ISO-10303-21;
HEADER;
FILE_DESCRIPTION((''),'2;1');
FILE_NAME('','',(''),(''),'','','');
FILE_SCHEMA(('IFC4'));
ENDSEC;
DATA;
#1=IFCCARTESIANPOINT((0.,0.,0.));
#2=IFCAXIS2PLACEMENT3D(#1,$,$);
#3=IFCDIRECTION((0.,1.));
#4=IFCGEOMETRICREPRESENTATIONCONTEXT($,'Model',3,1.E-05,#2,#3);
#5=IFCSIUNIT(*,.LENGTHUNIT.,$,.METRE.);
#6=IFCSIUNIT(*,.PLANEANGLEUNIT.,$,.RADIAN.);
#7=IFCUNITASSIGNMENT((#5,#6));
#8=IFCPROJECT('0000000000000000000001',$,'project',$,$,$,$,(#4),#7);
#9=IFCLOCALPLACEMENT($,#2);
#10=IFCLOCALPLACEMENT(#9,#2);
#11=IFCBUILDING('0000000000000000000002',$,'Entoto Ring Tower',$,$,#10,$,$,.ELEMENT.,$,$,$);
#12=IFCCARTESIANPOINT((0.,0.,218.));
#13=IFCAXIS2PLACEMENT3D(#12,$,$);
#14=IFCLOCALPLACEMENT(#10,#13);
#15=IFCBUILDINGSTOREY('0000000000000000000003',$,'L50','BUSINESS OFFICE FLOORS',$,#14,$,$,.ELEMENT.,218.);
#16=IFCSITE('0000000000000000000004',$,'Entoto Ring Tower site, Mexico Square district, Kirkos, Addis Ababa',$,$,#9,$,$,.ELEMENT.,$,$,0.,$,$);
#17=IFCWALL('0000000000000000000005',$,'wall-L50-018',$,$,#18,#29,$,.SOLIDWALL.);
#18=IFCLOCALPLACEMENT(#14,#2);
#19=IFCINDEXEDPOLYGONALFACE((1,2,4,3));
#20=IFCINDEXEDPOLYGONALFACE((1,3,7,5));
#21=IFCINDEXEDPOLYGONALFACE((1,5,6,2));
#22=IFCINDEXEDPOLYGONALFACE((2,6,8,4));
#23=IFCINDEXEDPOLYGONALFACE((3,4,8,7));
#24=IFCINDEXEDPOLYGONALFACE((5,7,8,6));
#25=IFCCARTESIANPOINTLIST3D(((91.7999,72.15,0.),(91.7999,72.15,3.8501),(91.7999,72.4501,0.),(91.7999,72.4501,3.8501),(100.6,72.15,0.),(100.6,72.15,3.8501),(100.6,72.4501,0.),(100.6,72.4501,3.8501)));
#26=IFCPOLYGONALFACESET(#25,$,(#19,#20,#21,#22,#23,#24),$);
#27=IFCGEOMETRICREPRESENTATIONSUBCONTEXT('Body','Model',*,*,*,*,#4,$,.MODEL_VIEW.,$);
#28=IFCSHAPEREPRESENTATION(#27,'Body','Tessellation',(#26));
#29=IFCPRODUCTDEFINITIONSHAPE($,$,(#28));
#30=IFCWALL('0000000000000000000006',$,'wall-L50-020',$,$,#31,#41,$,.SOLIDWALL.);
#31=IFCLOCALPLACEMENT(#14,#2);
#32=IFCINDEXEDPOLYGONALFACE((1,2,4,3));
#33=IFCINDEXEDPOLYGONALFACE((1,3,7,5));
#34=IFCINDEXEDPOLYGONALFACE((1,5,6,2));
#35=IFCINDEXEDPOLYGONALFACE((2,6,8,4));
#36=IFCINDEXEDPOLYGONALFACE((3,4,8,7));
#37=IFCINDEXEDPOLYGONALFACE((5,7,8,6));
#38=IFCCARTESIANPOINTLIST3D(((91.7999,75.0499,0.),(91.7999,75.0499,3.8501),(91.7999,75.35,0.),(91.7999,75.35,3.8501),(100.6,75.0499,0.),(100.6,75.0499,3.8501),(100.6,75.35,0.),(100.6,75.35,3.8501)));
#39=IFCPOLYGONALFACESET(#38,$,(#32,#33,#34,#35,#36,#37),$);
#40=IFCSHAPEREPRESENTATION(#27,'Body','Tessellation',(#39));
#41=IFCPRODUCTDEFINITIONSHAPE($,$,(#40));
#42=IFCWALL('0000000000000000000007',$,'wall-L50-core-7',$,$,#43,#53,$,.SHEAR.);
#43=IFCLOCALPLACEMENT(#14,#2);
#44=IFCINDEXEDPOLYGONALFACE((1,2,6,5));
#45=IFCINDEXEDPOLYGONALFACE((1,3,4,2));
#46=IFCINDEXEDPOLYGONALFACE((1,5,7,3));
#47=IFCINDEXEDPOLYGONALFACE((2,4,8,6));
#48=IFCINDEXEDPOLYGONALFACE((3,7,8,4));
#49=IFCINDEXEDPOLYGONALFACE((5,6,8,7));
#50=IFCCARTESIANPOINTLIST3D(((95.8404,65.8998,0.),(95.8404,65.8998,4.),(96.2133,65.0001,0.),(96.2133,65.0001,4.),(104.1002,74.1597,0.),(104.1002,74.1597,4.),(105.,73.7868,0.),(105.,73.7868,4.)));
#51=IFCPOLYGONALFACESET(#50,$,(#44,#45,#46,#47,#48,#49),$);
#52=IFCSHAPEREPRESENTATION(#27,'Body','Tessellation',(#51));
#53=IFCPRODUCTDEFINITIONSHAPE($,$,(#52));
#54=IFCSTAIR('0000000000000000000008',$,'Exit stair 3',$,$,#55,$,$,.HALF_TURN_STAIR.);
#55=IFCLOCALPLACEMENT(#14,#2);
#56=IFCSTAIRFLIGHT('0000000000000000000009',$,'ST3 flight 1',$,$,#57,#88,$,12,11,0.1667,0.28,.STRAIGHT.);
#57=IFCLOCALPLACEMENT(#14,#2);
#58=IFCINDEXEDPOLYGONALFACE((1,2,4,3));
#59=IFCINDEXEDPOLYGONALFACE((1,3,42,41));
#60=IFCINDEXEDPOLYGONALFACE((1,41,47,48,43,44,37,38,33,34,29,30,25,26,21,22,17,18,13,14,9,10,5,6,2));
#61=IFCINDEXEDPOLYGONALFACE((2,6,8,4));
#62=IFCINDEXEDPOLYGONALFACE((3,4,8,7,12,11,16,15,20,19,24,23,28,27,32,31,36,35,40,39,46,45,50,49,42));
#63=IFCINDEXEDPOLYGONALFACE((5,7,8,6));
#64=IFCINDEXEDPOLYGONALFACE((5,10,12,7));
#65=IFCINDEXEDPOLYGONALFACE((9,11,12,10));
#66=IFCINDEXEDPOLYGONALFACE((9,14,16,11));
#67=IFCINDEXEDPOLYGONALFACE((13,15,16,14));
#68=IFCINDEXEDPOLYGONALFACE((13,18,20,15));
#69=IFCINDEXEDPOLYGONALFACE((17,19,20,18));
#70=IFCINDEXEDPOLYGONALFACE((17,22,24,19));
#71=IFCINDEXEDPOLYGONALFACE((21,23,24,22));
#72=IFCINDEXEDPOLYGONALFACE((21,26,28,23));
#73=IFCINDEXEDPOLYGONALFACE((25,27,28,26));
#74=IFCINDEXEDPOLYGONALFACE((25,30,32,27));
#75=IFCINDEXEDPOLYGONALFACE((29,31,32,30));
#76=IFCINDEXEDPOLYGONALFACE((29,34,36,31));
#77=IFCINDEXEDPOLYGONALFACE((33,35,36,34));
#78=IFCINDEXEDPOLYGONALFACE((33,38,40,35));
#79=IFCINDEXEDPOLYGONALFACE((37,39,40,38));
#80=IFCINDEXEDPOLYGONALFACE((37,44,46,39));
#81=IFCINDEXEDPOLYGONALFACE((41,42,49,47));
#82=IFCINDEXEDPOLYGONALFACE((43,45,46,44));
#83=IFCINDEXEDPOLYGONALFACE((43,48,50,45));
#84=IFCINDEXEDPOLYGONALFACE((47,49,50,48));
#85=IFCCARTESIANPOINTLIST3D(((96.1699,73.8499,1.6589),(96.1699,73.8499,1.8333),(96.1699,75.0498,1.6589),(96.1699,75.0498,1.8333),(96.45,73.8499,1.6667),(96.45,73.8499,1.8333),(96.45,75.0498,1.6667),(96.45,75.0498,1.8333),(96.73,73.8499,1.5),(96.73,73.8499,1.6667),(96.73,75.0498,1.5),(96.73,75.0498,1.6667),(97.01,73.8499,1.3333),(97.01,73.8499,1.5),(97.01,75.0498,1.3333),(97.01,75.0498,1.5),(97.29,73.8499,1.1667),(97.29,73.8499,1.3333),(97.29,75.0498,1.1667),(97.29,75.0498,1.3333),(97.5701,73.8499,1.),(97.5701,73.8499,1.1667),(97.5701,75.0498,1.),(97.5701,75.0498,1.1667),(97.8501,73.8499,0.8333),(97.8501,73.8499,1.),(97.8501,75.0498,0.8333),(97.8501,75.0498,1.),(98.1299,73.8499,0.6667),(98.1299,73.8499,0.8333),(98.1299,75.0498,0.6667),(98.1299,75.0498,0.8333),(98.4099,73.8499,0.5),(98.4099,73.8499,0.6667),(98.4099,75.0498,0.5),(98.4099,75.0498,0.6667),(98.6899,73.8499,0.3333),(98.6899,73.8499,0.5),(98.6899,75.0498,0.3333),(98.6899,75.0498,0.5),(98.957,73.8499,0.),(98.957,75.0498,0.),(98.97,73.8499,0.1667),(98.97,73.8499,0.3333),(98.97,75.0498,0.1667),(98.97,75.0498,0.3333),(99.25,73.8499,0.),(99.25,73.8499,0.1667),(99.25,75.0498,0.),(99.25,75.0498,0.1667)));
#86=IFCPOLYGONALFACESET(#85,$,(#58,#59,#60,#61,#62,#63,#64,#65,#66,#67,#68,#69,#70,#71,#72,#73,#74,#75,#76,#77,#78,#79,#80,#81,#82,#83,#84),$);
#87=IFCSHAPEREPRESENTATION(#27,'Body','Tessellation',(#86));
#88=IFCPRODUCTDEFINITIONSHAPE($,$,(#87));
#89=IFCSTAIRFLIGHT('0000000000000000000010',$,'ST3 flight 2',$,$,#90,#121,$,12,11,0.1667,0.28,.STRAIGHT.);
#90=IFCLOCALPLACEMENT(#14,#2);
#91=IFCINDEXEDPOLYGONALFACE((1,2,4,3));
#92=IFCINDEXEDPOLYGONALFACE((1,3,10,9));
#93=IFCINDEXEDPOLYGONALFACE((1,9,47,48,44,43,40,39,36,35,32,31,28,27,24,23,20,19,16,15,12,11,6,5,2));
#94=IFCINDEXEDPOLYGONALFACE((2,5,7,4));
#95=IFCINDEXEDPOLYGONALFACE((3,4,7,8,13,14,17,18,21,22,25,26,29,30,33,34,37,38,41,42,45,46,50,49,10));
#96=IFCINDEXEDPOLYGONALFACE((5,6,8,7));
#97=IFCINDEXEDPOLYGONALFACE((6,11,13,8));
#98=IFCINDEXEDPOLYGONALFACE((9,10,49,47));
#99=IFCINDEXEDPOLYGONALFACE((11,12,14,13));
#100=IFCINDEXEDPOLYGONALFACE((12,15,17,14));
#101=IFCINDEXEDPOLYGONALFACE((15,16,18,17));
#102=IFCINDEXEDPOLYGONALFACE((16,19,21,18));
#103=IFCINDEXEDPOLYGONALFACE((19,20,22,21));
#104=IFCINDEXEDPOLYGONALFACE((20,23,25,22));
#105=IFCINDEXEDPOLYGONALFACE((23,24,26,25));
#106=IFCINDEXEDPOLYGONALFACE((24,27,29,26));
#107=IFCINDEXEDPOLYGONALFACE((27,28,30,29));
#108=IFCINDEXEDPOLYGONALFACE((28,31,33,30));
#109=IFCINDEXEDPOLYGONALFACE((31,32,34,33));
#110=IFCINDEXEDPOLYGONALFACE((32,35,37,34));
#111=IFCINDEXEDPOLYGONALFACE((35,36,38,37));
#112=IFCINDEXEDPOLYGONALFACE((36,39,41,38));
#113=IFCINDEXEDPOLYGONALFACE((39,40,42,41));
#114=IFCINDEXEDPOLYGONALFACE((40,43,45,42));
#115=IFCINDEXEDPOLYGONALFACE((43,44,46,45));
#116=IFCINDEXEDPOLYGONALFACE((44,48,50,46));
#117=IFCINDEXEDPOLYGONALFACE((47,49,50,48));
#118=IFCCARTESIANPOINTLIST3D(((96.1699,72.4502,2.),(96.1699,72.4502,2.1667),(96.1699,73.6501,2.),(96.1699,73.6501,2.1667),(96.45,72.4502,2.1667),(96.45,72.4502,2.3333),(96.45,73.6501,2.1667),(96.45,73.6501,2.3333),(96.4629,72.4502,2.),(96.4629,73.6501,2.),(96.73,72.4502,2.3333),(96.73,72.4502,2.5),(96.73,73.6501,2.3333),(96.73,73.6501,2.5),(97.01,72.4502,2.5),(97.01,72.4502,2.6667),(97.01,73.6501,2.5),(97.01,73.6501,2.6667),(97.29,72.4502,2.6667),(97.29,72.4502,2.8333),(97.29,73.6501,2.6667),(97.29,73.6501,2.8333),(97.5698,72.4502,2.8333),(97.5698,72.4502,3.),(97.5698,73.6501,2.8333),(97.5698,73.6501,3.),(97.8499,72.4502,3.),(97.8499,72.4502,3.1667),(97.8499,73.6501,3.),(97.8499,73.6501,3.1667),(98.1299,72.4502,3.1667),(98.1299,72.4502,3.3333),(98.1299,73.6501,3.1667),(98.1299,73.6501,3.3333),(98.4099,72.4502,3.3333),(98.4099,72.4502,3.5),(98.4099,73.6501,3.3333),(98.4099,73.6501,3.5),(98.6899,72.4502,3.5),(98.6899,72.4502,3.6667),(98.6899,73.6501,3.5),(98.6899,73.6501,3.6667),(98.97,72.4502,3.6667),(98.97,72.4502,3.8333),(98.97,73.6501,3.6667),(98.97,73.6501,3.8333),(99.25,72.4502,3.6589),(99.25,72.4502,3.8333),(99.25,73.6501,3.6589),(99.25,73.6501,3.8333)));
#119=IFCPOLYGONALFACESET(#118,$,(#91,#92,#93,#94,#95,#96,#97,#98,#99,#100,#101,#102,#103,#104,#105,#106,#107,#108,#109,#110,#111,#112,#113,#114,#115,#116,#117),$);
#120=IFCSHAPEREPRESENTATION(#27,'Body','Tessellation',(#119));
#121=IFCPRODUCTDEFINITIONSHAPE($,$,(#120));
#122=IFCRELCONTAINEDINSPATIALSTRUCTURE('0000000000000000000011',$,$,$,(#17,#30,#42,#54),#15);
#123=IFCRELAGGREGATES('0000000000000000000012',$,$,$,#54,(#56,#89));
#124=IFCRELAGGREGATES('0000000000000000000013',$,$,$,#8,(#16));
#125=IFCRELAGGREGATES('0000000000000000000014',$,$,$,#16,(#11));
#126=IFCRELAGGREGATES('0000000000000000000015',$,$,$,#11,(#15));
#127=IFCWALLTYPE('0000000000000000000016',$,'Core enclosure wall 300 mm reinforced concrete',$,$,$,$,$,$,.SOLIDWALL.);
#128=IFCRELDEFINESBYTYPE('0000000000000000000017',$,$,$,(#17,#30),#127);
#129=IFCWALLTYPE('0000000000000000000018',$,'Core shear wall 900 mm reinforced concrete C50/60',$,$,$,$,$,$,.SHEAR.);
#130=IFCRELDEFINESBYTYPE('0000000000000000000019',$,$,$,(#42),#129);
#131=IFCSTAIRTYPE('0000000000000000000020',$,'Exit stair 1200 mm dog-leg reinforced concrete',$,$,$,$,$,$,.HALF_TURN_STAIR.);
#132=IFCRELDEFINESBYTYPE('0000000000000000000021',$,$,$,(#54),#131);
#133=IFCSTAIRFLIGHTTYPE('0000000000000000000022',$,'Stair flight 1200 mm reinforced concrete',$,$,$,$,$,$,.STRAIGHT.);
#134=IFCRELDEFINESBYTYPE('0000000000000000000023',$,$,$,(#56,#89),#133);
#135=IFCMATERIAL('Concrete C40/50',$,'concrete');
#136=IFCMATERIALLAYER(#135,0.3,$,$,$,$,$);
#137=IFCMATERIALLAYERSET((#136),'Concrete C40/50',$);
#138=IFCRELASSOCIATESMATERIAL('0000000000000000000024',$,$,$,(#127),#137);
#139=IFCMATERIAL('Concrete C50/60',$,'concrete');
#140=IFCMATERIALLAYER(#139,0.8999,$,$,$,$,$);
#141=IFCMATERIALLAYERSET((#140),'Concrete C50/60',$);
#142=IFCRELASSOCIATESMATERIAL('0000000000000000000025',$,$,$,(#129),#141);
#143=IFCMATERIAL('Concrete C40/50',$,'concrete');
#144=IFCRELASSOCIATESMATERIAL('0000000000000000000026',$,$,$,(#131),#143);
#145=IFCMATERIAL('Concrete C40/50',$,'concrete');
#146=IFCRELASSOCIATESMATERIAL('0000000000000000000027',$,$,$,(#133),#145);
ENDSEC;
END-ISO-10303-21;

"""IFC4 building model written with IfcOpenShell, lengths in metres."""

from ifc_helpers import new_model, si_unit, direction, frame, frame_2d, origin, place, context, subcontext, project, spatial, polyline, rectangle, outline, extrude, material, layer, layer_set, type_object, element, aggregate, save


model = new_model("IFC4")

# Units and contexts
model_context = context("Model", 3, precision=1e-05, world=origin(), true_north=direction((0.0, 1.0)))
body_context = subcontext(model_context, "Body", "Model", "MODEL_VIEW")
ifc_project = project(units=[si_unit("LENGTHUNIT", "METRE"), si_unit("PLANEANGLEUNIT", "RADIAN")], contexts=[model_context])

# Site, building, storey
site_placement = place(None, origin())
site = spatial("IfcSite", under=ifc_project, at=site_placement, Name="Entoto Ring Tower site, Mexico Square district, Kirkos, Addis Ababa", CompositionType="ELEMENT", RefElevation=0.0)
building_placement = place(site_placement, origin())
building = spatial("IfcBuilding", under=site, at=building_placement, Name="Entoto Ring Tower", CompositionType="ELEMENT")
storey_placement = place(building_placement, frame((0.0, 0.0, 218.0)))
storey = spatial("IfcBuildingStorey", under=building, at=storey_placement, Name="L50", Description="BUSINESS OFFICE FLOORS", CompositionType="ELEMENT", Elevation=218.0)

# Shared definitions
ifc_material_1 = material(Name="Concrete C40/50", Category="concrete")
ifc_layer_1 = layer(ifc_material_1, 0.3)
ifc_layer_set_1 = layer_set([ifc_layer_1], Name="Concrete C40/50")
wall_type_1 = type_object("IfcWallType", Name="Core enclosure wall 300 mm reinforced concrete", PredefinedType="SOLIDWALL", material=ifc_layer_set_1)

# Walls
for number, where, z_axis, x_axis, name in (
    (1, (91.8, 72.3, 0.0), (0.0, 0.0, 1.0), (1.0, 0.0, 0.0), "wall-L50-018"),
    (2, (91.8, 75.2, 0.0), (0.0, 0.0, 1.0), (1.0, 0.0, 0.0), "wall-L50-020"),
):
    element("IfcWall", number, at=place(storey_placement, frame(where, z_axis=z_axis, x_axis=x_axis)), inside=storey, type_object=wall_type_1, Name=name, PredefinedType="SOLIDWALL", context=body_context, shape_type="SweptSolid", body=[
        extrude(rectangle(XDim=8.8, YDim=0.3, at=frame_2d((4.3999, 0.0))), origin(), (0.0, 0.0, 1.0), 3.8501),
    ])
ifc_material_2 = material(Name="Concrete C50/60", Category="concrete")
ifc_layer_2 = layer(ifc_material_2, 0.8999)
ifc_layer_set_2 = layer_set([ifc_layer_2], Name="Concrete C50/60")
wall_type_2 = type_object("IfcWallType", Name="Core shear wall 900 mm reinforced concrete C50/60", PredefinedType="SHEAR", material=ifc_layer_set_2)
wall_1_placement = place(storey_placement, frame((96.0269, 65.45, 0.0), z_axis=(0.0, 0.0, 1.0), x_axis=(0.707107, 0.707107, 0.0)))
element("IfcWall", 3, at=wall_1_placement, inside=storey, type_object=wall_type_2, Name="wall-L50-core-7", PredefinedType="SHEAR", context=body_context, shape_type="SweptSolid", body=[
    extrude(outline(polyline([(-0.1863, -0.45), (12.24, -0.45), (11.8674, 0.45), (0.1863, 0.45), (-0.1863, -0.45)])), origin(), (0.0, 0.0, 1.0), 4.0),
])

# Stair, stair flights
ifc_material_3 = material(Name="Concrete C40/50", Category="concrete")
stair_type = type_object("IfcStairType", Name="Exit stair 1200 mm dog-leg reinforced concrete", PredefinedType="HALF_TURN_STAIR", material=ifc_material_3)
stair_placement = place(storey_placement, origin())
stair = element("IfcStair", 4, at=stair_placement, inside=storey, type_object=stair_type, Name="Exit stair 3", PredefinedType="HALF_TURN_STAIR")
ifc_material_4 = material(Name="Concrete C40/50", Category="concrete")
stair_flight_type = type_object("IfcStairFlightType", Name="Stair flight 1200 mm reinforced concrete", PredefinedType="STRAIGHT", material=ifc_material_4)
stair_flight_1_placement = place(storey_placement, frame((99.25, 74.45, 0.0), z_axis=(0.0, 0.0, 1.0), x_axis=(-1.0, 0.0, 0.0)))
stair_flight_1 = element("IfcStairFlight", 5, at=stair_flight_1_placement, type_object=stair_flight_type, Name="ST3 flight 1", NumberOfRisers=12, NumberOfTreads=11, PredefinedType="STRAIGHT", RiserHeight=0.1667, TreadLength=0.28, context=body_context, shape_type="SweptSolid", body=[
    extrude(outline(polyline([(0.0, 0.0), (0.0, 0.1667), (0.28, 0.1667), (0.28, 0.3333), (0.5601, 0.3333), (0.5601, 0.5), (0.8401, 0.5), (0.8401, 0.6667), (1.1201, 0.6667), (1.1201, 0.8333), (1.3999, 0.8333), (1.3999, 1.0), (1.6799, 1.0), (1.6799, 1.1667), (1.96, 1.1667), (1.96, 1.3333), (2.24, 1.3333), (2.24, 1.5), (2.52, 1.5), (2.52, 1.6667), (2.8, 1.6667), (2.8, 1.8333), (3.0801, 1.8333), (3.0801, 2.0), (3.0801, 1.6589), (0.293, 0.0), (0.0, 0.0)])), frame((0.0, 0.6001, 0.0), z_axis=(0.0, -1.0, 0.0), x_axis=(1.0, 0.0, 0.0)), (0.0, 0.0, 1.0), 1.2),
])
stair_flight_2_placement = place(storey_placement, frame((96.1699, 73.05, 2.0), z_axis=(0.0, 0.0, 1.0), x_axis=(1.0, 0.0, 0.0)))
stair_flight_2 = element("IfcStairFlight", 6, at=stair_flight_2_placement, type_object=stair_flight_type, Name="ST3 flight 2", NumberOfRisers=12, NumberOfTreads=11, PredefinedType="STRAIGHT", RiserHeight=0.1667, TreadLength=0.28, context=body_context, shape_type="SweptSolid", body=[
    extrude(outline(polyline([(0.0, 0.0), (0.0, 0.1667), (0.28, 0.1667), (0.28, 0.3333), (0.5601, 0.3333), (0.5601, 0.5), (0.8401, 0.5), (0.8401, 0.6667), (1.1201, 0.6667), (1.1201, 0.8333), (1.3999, 0.8333), (1.3999, 1.0), (1.6799, 1.0), (1.6799, 1.1667), (1.96, 1.1667), (1.96, 1.3333), (2.24, 1.3333), (2.24, 1.5), (2.52, 1.5), (2.52, 1.6667), (2.8, 1.6667), (2.8, 1.8333), (3.0801, 1.8333), (3.0801, 2.0), (3.0801, 1.6589), (0.293, 0.0), (0.0, 0.0)])), frame((0.0, 0.6001, 0.0), z_axis=(0.0, -1.0, 0.0), x_axis=(1.0, 0.0, 0.0)), (0.0, 0.0, 1.0), 1.2),
])
aggregate(stair, [stair_flight_1, stair_flight_2])

save(model, "model.ifc")
